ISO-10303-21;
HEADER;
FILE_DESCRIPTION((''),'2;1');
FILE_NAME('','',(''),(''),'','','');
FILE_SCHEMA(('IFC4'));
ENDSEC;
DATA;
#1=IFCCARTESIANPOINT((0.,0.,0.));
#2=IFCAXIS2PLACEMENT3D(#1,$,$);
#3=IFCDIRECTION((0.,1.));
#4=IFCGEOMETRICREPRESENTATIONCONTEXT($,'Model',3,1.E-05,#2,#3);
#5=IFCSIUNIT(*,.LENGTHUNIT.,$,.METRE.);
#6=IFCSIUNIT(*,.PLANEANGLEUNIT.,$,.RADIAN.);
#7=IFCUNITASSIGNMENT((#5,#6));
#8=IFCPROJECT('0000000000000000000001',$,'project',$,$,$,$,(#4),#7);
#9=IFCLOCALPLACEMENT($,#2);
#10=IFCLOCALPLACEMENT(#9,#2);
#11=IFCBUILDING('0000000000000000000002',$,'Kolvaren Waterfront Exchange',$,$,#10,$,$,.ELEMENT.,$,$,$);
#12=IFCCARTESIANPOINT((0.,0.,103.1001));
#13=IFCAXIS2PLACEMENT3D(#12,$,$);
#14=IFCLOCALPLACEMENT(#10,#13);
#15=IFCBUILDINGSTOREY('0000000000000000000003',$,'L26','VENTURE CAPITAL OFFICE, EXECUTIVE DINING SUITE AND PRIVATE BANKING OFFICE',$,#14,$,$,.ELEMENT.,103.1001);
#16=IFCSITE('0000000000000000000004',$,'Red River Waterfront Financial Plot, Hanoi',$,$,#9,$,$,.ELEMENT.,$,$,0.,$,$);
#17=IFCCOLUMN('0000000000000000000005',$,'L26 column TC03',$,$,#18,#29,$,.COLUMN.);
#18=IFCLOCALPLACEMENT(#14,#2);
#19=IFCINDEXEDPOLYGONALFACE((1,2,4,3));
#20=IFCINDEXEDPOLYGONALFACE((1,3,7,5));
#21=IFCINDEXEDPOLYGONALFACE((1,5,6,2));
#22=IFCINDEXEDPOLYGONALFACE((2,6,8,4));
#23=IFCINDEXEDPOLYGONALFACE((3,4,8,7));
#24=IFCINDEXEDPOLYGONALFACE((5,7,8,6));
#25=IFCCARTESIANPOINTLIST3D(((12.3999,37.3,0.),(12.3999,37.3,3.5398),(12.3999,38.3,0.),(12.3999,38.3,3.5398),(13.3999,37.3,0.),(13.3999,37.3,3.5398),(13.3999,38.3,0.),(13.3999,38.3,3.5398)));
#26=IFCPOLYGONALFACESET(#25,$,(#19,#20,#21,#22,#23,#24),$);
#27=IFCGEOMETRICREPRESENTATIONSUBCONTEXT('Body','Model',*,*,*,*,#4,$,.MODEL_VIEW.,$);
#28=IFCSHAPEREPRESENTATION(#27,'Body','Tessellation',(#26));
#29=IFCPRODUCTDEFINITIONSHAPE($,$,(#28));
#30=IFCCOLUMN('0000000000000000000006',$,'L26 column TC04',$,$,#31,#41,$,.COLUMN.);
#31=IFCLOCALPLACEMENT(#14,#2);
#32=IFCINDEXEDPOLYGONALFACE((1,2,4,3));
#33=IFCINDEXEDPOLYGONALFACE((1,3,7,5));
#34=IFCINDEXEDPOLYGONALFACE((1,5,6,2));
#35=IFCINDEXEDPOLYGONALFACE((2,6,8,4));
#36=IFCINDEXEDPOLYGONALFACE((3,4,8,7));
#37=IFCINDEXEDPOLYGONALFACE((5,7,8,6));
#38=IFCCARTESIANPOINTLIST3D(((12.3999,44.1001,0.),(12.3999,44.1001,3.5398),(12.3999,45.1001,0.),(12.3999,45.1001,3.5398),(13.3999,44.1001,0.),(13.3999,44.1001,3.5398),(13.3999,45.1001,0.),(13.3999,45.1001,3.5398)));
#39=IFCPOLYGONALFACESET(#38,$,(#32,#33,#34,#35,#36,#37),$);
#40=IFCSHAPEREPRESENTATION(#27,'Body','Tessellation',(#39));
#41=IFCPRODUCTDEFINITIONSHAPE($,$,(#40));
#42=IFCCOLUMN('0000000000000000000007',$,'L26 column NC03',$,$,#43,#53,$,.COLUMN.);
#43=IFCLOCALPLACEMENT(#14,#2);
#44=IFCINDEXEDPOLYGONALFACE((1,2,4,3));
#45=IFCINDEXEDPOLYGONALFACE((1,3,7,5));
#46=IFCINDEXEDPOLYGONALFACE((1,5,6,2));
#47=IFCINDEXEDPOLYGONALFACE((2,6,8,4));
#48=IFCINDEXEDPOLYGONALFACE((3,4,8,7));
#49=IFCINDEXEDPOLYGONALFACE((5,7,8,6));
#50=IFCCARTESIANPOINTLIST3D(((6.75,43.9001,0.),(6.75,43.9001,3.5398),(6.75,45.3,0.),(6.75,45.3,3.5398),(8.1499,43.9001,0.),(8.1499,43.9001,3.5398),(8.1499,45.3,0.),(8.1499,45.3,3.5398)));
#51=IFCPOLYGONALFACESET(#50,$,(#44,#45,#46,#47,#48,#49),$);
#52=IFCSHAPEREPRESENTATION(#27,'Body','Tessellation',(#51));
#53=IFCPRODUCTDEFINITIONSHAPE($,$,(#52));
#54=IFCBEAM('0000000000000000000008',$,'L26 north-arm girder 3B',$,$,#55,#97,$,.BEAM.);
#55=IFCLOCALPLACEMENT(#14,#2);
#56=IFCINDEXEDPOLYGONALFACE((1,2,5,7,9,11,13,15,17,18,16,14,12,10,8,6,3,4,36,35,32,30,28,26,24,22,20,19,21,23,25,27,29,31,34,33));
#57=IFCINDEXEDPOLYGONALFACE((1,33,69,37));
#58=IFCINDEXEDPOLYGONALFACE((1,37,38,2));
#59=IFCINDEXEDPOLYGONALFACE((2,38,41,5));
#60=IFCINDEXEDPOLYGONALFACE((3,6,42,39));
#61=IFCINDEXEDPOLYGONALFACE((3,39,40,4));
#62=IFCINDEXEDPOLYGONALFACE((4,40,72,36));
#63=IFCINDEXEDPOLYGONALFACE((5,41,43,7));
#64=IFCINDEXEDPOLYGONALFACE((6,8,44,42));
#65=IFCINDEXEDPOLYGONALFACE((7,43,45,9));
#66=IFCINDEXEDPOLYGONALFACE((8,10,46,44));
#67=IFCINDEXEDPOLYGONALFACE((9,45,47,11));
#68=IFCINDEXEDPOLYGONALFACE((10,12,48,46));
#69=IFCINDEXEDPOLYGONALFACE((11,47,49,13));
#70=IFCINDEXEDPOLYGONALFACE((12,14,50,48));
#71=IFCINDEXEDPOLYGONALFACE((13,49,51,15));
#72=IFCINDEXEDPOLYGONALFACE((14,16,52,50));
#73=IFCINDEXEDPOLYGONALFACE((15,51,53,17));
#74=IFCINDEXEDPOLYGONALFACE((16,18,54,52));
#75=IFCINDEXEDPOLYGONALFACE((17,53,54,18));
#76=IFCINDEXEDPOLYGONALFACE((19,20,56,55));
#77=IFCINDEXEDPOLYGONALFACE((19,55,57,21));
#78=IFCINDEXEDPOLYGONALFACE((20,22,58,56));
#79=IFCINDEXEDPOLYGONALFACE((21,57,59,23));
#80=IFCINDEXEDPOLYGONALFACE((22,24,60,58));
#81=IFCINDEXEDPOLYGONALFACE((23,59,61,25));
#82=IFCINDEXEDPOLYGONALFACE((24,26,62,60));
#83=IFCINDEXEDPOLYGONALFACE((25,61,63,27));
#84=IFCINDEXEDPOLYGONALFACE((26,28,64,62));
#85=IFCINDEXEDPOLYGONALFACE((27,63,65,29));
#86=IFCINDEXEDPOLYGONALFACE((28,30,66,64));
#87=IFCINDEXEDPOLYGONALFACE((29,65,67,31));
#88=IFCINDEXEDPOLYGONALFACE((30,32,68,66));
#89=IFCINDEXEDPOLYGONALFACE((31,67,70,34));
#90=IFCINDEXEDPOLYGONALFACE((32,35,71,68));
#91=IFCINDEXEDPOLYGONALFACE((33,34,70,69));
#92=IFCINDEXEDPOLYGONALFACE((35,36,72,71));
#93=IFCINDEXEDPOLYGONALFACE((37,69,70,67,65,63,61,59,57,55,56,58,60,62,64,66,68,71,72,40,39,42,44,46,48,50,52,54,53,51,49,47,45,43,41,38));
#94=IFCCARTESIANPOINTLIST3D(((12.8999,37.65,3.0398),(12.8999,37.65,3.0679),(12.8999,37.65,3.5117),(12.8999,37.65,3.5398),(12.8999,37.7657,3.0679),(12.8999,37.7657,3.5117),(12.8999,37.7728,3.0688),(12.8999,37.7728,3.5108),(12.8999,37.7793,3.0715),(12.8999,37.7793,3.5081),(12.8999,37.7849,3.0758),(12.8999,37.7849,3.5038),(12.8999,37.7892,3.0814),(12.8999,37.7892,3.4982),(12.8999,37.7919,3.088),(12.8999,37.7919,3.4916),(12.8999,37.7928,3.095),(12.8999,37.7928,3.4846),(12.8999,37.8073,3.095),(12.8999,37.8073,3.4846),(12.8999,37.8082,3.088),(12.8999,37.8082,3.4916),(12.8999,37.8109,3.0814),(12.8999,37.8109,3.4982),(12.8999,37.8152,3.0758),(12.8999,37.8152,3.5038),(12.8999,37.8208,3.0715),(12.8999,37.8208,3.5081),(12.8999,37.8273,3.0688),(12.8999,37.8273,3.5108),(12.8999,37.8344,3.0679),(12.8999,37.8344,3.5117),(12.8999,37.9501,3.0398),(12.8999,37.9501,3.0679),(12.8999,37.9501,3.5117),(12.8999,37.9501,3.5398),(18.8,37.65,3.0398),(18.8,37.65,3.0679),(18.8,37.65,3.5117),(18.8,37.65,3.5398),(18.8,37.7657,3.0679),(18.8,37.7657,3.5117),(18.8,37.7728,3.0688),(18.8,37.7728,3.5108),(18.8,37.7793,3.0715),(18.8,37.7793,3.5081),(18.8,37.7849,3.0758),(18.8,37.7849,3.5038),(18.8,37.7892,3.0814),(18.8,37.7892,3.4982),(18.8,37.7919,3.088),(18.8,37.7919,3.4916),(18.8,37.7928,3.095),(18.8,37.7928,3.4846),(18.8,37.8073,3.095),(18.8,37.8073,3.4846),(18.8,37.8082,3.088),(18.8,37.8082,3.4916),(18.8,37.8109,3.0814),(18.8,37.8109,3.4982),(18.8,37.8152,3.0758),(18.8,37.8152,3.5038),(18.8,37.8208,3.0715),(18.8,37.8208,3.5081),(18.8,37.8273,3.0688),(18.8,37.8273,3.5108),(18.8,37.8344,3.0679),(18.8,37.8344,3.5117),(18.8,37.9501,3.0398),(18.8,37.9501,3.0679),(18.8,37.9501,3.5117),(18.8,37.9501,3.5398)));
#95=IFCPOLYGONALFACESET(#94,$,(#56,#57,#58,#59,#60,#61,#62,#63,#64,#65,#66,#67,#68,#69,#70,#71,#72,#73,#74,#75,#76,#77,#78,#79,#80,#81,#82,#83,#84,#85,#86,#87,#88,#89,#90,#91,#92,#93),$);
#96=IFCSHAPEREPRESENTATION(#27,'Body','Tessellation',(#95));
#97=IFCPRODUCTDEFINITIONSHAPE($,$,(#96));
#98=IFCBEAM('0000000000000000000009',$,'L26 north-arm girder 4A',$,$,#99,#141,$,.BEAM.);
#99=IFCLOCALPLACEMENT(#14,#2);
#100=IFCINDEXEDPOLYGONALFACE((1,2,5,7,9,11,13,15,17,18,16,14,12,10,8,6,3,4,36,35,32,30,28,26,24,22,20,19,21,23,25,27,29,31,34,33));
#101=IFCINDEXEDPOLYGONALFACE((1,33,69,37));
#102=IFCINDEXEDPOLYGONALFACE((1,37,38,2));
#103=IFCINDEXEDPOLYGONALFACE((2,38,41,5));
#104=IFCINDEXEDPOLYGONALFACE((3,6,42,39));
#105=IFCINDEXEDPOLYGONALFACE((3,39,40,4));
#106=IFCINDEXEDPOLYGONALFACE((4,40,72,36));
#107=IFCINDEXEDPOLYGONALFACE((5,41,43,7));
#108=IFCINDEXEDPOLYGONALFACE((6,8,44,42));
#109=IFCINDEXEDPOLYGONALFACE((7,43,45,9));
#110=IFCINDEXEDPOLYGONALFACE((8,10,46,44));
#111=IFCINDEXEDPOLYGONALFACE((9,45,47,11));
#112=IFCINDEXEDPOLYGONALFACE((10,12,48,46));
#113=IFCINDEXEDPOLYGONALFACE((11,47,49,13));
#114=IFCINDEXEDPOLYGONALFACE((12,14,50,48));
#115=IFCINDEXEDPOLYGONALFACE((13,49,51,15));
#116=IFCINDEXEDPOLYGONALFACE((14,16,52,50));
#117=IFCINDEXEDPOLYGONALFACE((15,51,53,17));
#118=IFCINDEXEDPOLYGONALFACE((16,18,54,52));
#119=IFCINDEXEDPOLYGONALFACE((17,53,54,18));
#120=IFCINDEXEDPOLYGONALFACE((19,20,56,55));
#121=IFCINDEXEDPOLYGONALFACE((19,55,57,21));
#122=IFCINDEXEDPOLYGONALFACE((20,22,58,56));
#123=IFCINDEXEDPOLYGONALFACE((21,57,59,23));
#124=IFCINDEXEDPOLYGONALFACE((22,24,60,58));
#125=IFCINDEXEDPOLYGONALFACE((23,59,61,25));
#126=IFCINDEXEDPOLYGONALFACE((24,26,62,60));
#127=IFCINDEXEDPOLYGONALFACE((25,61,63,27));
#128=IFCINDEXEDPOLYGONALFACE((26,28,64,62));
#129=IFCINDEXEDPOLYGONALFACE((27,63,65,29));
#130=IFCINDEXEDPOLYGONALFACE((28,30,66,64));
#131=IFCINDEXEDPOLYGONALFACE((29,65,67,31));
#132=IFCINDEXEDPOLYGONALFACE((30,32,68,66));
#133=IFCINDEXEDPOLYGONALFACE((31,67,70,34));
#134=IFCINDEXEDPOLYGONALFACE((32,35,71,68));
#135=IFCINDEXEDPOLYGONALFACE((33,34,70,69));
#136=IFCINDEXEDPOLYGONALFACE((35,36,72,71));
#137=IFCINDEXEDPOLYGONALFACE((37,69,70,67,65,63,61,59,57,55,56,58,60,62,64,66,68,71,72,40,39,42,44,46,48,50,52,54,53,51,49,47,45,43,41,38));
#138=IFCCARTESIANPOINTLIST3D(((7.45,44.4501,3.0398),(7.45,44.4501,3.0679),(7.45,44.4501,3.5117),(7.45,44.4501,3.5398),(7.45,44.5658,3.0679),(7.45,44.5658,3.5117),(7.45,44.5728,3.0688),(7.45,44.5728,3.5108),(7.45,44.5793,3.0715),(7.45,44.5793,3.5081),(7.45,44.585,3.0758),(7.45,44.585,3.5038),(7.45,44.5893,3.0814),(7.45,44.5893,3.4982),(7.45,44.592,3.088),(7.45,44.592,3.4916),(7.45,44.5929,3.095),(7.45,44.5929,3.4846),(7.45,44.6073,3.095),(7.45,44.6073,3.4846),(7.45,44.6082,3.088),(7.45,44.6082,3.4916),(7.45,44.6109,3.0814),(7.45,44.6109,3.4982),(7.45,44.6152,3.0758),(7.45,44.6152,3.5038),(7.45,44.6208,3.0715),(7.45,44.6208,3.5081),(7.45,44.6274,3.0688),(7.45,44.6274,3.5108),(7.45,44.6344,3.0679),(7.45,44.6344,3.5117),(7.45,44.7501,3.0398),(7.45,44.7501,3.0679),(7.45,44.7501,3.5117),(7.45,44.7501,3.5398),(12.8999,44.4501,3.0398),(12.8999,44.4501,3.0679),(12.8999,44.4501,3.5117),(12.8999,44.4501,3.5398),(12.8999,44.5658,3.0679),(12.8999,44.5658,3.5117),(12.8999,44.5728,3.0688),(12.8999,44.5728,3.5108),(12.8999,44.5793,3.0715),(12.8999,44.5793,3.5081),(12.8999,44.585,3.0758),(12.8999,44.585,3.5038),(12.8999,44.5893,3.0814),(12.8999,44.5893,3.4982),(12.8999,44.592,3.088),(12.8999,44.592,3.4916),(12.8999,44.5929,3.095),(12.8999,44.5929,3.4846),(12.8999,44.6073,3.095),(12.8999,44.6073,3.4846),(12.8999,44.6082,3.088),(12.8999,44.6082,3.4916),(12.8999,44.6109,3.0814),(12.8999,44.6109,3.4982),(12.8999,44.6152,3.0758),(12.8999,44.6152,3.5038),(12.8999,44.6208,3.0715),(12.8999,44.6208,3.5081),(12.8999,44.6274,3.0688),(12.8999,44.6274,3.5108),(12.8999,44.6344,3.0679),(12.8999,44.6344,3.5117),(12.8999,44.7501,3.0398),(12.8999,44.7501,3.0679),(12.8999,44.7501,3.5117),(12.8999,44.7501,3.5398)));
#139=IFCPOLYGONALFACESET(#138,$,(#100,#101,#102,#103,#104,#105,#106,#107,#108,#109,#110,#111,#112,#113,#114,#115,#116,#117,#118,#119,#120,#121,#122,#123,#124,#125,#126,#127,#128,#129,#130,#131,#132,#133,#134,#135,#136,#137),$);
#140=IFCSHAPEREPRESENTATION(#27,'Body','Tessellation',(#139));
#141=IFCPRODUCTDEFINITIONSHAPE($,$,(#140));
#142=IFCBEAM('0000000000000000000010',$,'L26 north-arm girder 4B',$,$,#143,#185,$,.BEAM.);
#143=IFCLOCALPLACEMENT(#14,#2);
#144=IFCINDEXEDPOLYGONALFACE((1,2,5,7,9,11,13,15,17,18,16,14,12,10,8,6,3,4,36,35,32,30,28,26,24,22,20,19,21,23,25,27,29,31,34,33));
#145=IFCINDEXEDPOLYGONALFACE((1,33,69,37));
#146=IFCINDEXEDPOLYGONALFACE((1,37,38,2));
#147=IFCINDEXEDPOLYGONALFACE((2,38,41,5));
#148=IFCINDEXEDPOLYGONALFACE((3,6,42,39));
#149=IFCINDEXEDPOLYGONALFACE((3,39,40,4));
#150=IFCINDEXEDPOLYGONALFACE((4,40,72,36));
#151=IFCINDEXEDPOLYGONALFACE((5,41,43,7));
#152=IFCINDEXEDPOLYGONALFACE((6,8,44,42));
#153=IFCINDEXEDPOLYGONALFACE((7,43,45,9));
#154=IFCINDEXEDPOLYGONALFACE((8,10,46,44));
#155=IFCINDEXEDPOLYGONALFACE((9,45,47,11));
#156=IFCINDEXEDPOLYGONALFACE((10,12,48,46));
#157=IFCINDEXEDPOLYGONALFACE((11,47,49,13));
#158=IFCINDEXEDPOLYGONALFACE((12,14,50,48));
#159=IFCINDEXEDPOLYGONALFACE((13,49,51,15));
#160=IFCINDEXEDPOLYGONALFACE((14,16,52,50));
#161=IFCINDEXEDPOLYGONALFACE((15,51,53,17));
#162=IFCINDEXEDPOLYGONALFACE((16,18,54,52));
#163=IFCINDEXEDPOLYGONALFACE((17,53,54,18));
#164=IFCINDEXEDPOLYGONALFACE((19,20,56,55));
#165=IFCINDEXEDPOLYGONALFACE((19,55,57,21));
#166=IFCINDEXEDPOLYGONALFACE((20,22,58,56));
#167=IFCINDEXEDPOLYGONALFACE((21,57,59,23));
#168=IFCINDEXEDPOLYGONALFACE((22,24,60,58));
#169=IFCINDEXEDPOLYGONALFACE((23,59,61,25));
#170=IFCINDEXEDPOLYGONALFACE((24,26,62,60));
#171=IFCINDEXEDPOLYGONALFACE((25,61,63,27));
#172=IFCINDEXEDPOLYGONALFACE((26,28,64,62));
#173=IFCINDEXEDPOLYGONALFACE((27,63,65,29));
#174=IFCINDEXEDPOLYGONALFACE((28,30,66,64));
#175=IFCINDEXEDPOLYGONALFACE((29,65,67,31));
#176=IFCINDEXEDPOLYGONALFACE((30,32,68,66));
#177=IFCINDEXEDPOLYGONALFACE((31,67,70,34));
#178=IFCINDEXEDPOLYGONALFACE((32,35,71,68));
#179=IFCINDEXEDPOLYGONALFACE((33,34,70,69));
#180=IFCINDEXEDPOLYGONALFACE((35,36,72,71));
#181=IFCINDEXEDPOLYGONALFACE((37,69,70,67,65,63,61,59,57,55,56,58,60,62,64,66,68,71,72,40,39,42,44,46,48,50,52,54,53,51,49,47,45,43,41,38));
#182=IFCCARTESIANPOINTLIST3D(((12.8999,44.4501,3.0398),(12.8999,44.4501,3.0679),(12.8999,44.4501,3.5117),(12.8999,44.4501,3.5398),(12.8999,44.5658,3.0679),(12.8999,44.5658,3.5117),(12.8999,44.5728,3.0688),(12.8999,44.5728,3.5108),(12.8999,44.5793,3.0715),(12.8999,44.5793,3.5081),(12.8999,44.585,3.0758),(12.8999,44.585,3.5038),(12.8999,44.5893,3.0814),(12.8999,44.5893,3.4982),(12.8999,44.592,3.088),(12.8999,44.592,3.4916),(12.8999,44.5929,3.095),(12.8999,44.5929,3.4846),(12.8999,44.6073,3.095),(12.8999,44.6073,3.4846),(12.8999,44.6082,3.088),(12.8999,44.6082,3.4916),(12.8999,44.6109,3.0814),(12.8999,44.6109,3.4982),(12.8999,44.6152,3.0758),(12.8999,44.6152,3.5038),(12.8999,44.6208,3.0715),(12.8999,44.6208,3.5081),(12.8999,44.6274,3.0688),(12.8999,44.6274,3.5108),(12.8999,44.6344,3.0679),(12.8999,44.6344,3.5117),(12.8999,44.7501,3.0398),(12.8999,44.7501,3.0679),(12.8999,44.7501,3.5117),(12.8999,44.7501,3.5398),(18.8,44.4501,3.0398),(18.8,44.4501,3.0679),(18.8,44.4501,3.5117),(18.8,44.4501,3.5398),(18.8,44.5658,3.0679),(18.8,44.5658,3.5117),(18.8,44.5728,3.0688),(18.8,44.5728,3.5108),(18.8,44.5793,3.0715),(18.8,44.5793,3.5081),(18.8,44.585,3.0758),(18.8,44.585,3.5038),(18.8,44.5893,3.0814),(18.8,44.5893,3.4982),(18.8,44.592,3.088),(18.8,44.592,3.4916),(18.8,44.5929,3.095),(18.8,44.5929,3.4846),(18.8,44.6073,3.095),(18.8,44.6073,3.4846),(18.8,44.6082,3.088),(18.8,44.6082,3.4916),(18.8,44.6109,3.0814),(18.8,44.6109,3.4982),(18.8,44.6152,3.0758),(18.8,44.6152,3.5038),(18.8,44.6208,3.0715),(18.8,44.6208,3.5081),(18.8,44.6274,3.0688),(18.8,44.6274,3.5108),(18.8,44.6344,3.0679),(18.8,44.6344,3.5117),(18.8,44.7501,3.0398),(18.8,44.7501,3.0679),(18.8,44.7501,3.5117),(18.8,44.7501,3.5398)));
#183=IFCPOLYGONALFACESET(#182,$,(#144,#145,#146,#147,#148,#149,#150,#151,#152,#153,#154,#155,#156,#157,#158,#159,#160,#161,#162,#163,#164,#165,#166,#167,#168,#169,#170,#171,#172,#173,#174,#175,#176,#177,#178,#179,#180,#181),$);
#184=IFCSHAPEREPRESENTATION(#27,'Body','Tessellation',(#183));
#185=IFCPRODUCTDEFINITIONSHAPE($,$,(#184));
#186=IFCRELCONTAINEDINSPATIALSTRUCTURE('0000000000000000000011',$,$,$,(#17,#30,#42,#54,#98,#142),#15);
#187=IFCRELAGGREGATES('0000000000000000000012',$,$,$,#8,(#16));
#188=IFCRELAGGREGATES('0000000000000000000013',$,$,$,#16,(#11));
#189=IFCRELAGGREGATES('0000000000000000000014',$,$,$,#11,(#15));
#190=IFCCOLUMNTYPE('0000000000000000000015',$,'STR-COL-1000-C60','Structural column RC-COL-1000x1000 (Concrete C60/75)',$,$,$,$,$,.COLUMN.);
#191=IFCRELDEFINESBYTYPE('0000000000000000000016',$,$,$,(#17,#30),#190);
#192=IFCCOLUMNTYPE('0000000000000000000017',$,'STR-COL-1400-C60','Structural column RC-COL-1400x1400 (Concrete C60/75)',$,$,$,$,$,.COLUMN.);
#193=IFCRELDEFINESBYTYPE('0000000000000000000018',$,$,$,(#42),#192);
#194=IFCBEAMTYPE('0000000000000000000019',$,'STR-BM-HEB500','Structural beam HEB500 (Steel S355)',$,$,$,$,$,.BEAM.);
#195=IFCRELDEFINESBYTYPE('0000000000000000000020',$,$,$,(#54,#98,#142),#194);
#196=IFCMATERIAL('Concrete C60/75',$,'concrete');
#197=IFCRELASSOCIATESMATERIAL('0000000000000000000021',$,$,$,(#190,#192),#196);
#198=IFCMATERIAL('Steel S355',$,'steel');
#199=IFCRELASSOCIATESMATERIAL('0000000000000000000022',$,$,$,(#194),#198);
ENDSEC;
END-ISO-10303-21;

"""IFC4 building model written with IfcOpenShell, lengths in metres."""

from ifc_helpers import new_model, si_unit, direction, frame, origin, origin_2d, place, context, subcontext, project, spatial, rectangle, i_section, extrude, material, material_profile, profile_set, type_object, element, save


model = new_model("IFC4")

# Units and contexts
model_context = context("Model", 3, precision=1e-05, world=origin(), true_north=direction((0.0, 1.0)))
body_context = subcontext(model_context, "Body", "Model", "MODEL_VIEW")
ifc_project = project(units=[si_unit("LENGTHUNIT", "METRE"), si_unit("PLANEANGLEUNIT", "RADIAN")], contexts=[model_context])

# Site, building, storey
site_placement = place(None, origin())
site = spatial("IfcSite", under=ifc_project, at=site_placement, Name="Red River Waterfront Financial Plot, Hanoi", CompositionType="ELEMENT", RefElevation=0.0)
building_placement = place(site_placement, origin())
building = spatial("IfcBuilding", under=site, at=building_placement, Name="Kolvaren Waterfront Exchange", CompositionType="ELEMENT")
storey_placement = place(building_placement, frame((0.0, 0.0, 103.1001)))
storey = spatial("IfcBuildingStorey", under=building, at=storey_placement, Name="L26", Description="VENTURE CAPITAL OFFICE, EXECUTIVE DINING SUITE AND PRIVATE BANKING OFFICE", CompositionType="ELEMENT", Elevation=103.1001)

# Columns
ifc_material_1 = material(Name="Concrete C60/75", Category="concrete")
ifc_material_profile_1 = material_profile(ifc_material_1, rectangle(XDim=1.0, YDim=1.0, at=origin_2d()), Name="RC-COL-1000x1000")
ifc_profile_set_1 = profile_set([ifc_material_profile_1], Name="Concrete C60/75")
column_type_1 = type_object("IfcColumnType", Name="STR-COL-1000-C60", Description="Structural column RC-COL-1000x1000 (Concrete C60/75)", PredefinedType="COLUMN", material=ifc_profile_set_1)
for number, where, z_axis, x_axis, name in (
    (1, (12.8999, 37.8, 0.0), (0.0, 0.0, 1.0), (1.0, 0.0, 0.0), "L26 column TC03"),
    (2, (12.8999, 44.6001, 0.0), (0.0, 0.0, 1.0), (1.0, 0.0, 0.0), "L26 column TC04"),
):
    element("IfcColumn", number, at=place(storey_placement, frame(where, z_axis=z_axis, x_axis=x_axis)), inside=storey, type_object=column_type_1, Name=name, PredefinedType="COLUMN", context=body_context, shape_type="SweptSolid", body=[
        extrude(rectangle(XDim=1.0, YDim=1.0, at=origin_2d()), origin(), (0.0, 0.0, 1.0), 3.5398),
    ])
ifc_material_profile_2 = material_profile(ifc_material_1, rectangle(XDim=1.3999, YDim=1.3999, at=origin_2d()), Name="RC-COL-1400x1400")
ifc_profile_set_2 = profile_set([ifc_material_profile_2], Name="Concrete C60/75")
column_type_2 = type_object("IfcColumnType", Name="STR-COL-1400-C60", Description="Structural column RC-COL-1400x1400 (Concrete C60/75)", PredefinedType="COLUMN", material=ifc_profile_set_2)
column_placement = place(storey_placement, frame((7.45, 44.6001, 0.0), z_axis=(0.0, 0.0, 1.0), x_axis=(1.0, 0.0, 0.0)))
element("IfcColumn", 3, at=column_placement, inside=storey, type_object=column_type_2, Name="L26 column NC03", PredefinedType="COLUMN", context=body_context, shape_type="SweptSolid", body=[
    extrude(rectangle(XDim=1.3999, YDim=1.3999, at=origin_2d()), origin(), (0.0, 0.0, 1.0), 3.5398),
])

# Beams
ifc_material_2 = material(Name="Steel S355", Category="steel")
ifc_material_profile_3 = material_profile(ifc_material_2, i_section(OverallWidth=0.3, OverallDepth=0.5, WebThickness=0.0144, FlangeThickness=0.0281, FilletRadius=0.0271, at=origin_2d()), Name="HEB500")
ifc_profile_set_3 = profile_set([ifc_material_profile_3], Name="Steel S355")
beam_type_1 = type_object("IfcBeamType", Name="STR-BM-HEB500", Description="Structural beam HEB500 (Steel S355)", PredefinedType="BEAM", material=ifc_profile_set_3)
beam_1_placement = place(storey_placement, frame((12.8999, 37.8, 3.2898), z_axis=(1.0, 0.0, 0.0), x_axis=(0.0, 1.0, 0.0)))
element("IfcBeam", 4, at=beam_1_placement, inside=storey, type_object=beam_type_1, Name="L26 north-arm girder 3B", PredefinedType="BEAM", context=body_context, shape_type="SweptSolid", body=[
    extrude(i_section(OverallWidth=0.3, OverallDepth=0.5, WebThickness=0.0144, FlangeThickness=0.0281, FilletRadius=0.0271, at=origin_2d()), origin(), (0.0, 0.0, 1.0), 5.9001),
])
beam_2_placement = place(storey_placement, frame((7.45, 44.6001, 3.2898), z_axis=(1.0, 0.0, 0.0), x_axis=(0.0, 1.0, 0.0)))
element("IfcBeam", 5, at=beam_2_placement, inside=storey, type_object=beam_type_1, Name="L26 north-arm girder 4A", PredefinedType="BEAM", context=body_context, shape_type="SweptSolid", body=[
    extrude(i_section(OverallWidth=0.3, OverallDepth=0.5, WebThickness=0.0144, FlangeThickness=0.0281, FilletRadius=0.0271, at=origin_2d()), origin(), (0.0, 0.0, 1.0), 5.45),
])
beam_3_placement = place(storey_placement, frame((12.8999, 44.6001, 3.2898), z_axis=(1.0, 0.0, 0.0), x_axis=(0.0, 1.0, 0.0)))
element("IfcBeam", 6, at=beam_3_placement, inside=storey, type_object=beam_type_1, Name="L26 north-arm girder 4B", PredefinedType="BEAM", context=body_context, shape_type="SweptSolid", body=[
    extrude(i_section(OverallWidth=0.3, OverallDepth=0.5, WebThickness=0.0144, FlangeThickness=0.0281, FilletRadius=0.0271, at=origin_2d()), origin(), (0.0, 0.0, 1.0), 5.9001),
])

save(model, "model.ifc")
